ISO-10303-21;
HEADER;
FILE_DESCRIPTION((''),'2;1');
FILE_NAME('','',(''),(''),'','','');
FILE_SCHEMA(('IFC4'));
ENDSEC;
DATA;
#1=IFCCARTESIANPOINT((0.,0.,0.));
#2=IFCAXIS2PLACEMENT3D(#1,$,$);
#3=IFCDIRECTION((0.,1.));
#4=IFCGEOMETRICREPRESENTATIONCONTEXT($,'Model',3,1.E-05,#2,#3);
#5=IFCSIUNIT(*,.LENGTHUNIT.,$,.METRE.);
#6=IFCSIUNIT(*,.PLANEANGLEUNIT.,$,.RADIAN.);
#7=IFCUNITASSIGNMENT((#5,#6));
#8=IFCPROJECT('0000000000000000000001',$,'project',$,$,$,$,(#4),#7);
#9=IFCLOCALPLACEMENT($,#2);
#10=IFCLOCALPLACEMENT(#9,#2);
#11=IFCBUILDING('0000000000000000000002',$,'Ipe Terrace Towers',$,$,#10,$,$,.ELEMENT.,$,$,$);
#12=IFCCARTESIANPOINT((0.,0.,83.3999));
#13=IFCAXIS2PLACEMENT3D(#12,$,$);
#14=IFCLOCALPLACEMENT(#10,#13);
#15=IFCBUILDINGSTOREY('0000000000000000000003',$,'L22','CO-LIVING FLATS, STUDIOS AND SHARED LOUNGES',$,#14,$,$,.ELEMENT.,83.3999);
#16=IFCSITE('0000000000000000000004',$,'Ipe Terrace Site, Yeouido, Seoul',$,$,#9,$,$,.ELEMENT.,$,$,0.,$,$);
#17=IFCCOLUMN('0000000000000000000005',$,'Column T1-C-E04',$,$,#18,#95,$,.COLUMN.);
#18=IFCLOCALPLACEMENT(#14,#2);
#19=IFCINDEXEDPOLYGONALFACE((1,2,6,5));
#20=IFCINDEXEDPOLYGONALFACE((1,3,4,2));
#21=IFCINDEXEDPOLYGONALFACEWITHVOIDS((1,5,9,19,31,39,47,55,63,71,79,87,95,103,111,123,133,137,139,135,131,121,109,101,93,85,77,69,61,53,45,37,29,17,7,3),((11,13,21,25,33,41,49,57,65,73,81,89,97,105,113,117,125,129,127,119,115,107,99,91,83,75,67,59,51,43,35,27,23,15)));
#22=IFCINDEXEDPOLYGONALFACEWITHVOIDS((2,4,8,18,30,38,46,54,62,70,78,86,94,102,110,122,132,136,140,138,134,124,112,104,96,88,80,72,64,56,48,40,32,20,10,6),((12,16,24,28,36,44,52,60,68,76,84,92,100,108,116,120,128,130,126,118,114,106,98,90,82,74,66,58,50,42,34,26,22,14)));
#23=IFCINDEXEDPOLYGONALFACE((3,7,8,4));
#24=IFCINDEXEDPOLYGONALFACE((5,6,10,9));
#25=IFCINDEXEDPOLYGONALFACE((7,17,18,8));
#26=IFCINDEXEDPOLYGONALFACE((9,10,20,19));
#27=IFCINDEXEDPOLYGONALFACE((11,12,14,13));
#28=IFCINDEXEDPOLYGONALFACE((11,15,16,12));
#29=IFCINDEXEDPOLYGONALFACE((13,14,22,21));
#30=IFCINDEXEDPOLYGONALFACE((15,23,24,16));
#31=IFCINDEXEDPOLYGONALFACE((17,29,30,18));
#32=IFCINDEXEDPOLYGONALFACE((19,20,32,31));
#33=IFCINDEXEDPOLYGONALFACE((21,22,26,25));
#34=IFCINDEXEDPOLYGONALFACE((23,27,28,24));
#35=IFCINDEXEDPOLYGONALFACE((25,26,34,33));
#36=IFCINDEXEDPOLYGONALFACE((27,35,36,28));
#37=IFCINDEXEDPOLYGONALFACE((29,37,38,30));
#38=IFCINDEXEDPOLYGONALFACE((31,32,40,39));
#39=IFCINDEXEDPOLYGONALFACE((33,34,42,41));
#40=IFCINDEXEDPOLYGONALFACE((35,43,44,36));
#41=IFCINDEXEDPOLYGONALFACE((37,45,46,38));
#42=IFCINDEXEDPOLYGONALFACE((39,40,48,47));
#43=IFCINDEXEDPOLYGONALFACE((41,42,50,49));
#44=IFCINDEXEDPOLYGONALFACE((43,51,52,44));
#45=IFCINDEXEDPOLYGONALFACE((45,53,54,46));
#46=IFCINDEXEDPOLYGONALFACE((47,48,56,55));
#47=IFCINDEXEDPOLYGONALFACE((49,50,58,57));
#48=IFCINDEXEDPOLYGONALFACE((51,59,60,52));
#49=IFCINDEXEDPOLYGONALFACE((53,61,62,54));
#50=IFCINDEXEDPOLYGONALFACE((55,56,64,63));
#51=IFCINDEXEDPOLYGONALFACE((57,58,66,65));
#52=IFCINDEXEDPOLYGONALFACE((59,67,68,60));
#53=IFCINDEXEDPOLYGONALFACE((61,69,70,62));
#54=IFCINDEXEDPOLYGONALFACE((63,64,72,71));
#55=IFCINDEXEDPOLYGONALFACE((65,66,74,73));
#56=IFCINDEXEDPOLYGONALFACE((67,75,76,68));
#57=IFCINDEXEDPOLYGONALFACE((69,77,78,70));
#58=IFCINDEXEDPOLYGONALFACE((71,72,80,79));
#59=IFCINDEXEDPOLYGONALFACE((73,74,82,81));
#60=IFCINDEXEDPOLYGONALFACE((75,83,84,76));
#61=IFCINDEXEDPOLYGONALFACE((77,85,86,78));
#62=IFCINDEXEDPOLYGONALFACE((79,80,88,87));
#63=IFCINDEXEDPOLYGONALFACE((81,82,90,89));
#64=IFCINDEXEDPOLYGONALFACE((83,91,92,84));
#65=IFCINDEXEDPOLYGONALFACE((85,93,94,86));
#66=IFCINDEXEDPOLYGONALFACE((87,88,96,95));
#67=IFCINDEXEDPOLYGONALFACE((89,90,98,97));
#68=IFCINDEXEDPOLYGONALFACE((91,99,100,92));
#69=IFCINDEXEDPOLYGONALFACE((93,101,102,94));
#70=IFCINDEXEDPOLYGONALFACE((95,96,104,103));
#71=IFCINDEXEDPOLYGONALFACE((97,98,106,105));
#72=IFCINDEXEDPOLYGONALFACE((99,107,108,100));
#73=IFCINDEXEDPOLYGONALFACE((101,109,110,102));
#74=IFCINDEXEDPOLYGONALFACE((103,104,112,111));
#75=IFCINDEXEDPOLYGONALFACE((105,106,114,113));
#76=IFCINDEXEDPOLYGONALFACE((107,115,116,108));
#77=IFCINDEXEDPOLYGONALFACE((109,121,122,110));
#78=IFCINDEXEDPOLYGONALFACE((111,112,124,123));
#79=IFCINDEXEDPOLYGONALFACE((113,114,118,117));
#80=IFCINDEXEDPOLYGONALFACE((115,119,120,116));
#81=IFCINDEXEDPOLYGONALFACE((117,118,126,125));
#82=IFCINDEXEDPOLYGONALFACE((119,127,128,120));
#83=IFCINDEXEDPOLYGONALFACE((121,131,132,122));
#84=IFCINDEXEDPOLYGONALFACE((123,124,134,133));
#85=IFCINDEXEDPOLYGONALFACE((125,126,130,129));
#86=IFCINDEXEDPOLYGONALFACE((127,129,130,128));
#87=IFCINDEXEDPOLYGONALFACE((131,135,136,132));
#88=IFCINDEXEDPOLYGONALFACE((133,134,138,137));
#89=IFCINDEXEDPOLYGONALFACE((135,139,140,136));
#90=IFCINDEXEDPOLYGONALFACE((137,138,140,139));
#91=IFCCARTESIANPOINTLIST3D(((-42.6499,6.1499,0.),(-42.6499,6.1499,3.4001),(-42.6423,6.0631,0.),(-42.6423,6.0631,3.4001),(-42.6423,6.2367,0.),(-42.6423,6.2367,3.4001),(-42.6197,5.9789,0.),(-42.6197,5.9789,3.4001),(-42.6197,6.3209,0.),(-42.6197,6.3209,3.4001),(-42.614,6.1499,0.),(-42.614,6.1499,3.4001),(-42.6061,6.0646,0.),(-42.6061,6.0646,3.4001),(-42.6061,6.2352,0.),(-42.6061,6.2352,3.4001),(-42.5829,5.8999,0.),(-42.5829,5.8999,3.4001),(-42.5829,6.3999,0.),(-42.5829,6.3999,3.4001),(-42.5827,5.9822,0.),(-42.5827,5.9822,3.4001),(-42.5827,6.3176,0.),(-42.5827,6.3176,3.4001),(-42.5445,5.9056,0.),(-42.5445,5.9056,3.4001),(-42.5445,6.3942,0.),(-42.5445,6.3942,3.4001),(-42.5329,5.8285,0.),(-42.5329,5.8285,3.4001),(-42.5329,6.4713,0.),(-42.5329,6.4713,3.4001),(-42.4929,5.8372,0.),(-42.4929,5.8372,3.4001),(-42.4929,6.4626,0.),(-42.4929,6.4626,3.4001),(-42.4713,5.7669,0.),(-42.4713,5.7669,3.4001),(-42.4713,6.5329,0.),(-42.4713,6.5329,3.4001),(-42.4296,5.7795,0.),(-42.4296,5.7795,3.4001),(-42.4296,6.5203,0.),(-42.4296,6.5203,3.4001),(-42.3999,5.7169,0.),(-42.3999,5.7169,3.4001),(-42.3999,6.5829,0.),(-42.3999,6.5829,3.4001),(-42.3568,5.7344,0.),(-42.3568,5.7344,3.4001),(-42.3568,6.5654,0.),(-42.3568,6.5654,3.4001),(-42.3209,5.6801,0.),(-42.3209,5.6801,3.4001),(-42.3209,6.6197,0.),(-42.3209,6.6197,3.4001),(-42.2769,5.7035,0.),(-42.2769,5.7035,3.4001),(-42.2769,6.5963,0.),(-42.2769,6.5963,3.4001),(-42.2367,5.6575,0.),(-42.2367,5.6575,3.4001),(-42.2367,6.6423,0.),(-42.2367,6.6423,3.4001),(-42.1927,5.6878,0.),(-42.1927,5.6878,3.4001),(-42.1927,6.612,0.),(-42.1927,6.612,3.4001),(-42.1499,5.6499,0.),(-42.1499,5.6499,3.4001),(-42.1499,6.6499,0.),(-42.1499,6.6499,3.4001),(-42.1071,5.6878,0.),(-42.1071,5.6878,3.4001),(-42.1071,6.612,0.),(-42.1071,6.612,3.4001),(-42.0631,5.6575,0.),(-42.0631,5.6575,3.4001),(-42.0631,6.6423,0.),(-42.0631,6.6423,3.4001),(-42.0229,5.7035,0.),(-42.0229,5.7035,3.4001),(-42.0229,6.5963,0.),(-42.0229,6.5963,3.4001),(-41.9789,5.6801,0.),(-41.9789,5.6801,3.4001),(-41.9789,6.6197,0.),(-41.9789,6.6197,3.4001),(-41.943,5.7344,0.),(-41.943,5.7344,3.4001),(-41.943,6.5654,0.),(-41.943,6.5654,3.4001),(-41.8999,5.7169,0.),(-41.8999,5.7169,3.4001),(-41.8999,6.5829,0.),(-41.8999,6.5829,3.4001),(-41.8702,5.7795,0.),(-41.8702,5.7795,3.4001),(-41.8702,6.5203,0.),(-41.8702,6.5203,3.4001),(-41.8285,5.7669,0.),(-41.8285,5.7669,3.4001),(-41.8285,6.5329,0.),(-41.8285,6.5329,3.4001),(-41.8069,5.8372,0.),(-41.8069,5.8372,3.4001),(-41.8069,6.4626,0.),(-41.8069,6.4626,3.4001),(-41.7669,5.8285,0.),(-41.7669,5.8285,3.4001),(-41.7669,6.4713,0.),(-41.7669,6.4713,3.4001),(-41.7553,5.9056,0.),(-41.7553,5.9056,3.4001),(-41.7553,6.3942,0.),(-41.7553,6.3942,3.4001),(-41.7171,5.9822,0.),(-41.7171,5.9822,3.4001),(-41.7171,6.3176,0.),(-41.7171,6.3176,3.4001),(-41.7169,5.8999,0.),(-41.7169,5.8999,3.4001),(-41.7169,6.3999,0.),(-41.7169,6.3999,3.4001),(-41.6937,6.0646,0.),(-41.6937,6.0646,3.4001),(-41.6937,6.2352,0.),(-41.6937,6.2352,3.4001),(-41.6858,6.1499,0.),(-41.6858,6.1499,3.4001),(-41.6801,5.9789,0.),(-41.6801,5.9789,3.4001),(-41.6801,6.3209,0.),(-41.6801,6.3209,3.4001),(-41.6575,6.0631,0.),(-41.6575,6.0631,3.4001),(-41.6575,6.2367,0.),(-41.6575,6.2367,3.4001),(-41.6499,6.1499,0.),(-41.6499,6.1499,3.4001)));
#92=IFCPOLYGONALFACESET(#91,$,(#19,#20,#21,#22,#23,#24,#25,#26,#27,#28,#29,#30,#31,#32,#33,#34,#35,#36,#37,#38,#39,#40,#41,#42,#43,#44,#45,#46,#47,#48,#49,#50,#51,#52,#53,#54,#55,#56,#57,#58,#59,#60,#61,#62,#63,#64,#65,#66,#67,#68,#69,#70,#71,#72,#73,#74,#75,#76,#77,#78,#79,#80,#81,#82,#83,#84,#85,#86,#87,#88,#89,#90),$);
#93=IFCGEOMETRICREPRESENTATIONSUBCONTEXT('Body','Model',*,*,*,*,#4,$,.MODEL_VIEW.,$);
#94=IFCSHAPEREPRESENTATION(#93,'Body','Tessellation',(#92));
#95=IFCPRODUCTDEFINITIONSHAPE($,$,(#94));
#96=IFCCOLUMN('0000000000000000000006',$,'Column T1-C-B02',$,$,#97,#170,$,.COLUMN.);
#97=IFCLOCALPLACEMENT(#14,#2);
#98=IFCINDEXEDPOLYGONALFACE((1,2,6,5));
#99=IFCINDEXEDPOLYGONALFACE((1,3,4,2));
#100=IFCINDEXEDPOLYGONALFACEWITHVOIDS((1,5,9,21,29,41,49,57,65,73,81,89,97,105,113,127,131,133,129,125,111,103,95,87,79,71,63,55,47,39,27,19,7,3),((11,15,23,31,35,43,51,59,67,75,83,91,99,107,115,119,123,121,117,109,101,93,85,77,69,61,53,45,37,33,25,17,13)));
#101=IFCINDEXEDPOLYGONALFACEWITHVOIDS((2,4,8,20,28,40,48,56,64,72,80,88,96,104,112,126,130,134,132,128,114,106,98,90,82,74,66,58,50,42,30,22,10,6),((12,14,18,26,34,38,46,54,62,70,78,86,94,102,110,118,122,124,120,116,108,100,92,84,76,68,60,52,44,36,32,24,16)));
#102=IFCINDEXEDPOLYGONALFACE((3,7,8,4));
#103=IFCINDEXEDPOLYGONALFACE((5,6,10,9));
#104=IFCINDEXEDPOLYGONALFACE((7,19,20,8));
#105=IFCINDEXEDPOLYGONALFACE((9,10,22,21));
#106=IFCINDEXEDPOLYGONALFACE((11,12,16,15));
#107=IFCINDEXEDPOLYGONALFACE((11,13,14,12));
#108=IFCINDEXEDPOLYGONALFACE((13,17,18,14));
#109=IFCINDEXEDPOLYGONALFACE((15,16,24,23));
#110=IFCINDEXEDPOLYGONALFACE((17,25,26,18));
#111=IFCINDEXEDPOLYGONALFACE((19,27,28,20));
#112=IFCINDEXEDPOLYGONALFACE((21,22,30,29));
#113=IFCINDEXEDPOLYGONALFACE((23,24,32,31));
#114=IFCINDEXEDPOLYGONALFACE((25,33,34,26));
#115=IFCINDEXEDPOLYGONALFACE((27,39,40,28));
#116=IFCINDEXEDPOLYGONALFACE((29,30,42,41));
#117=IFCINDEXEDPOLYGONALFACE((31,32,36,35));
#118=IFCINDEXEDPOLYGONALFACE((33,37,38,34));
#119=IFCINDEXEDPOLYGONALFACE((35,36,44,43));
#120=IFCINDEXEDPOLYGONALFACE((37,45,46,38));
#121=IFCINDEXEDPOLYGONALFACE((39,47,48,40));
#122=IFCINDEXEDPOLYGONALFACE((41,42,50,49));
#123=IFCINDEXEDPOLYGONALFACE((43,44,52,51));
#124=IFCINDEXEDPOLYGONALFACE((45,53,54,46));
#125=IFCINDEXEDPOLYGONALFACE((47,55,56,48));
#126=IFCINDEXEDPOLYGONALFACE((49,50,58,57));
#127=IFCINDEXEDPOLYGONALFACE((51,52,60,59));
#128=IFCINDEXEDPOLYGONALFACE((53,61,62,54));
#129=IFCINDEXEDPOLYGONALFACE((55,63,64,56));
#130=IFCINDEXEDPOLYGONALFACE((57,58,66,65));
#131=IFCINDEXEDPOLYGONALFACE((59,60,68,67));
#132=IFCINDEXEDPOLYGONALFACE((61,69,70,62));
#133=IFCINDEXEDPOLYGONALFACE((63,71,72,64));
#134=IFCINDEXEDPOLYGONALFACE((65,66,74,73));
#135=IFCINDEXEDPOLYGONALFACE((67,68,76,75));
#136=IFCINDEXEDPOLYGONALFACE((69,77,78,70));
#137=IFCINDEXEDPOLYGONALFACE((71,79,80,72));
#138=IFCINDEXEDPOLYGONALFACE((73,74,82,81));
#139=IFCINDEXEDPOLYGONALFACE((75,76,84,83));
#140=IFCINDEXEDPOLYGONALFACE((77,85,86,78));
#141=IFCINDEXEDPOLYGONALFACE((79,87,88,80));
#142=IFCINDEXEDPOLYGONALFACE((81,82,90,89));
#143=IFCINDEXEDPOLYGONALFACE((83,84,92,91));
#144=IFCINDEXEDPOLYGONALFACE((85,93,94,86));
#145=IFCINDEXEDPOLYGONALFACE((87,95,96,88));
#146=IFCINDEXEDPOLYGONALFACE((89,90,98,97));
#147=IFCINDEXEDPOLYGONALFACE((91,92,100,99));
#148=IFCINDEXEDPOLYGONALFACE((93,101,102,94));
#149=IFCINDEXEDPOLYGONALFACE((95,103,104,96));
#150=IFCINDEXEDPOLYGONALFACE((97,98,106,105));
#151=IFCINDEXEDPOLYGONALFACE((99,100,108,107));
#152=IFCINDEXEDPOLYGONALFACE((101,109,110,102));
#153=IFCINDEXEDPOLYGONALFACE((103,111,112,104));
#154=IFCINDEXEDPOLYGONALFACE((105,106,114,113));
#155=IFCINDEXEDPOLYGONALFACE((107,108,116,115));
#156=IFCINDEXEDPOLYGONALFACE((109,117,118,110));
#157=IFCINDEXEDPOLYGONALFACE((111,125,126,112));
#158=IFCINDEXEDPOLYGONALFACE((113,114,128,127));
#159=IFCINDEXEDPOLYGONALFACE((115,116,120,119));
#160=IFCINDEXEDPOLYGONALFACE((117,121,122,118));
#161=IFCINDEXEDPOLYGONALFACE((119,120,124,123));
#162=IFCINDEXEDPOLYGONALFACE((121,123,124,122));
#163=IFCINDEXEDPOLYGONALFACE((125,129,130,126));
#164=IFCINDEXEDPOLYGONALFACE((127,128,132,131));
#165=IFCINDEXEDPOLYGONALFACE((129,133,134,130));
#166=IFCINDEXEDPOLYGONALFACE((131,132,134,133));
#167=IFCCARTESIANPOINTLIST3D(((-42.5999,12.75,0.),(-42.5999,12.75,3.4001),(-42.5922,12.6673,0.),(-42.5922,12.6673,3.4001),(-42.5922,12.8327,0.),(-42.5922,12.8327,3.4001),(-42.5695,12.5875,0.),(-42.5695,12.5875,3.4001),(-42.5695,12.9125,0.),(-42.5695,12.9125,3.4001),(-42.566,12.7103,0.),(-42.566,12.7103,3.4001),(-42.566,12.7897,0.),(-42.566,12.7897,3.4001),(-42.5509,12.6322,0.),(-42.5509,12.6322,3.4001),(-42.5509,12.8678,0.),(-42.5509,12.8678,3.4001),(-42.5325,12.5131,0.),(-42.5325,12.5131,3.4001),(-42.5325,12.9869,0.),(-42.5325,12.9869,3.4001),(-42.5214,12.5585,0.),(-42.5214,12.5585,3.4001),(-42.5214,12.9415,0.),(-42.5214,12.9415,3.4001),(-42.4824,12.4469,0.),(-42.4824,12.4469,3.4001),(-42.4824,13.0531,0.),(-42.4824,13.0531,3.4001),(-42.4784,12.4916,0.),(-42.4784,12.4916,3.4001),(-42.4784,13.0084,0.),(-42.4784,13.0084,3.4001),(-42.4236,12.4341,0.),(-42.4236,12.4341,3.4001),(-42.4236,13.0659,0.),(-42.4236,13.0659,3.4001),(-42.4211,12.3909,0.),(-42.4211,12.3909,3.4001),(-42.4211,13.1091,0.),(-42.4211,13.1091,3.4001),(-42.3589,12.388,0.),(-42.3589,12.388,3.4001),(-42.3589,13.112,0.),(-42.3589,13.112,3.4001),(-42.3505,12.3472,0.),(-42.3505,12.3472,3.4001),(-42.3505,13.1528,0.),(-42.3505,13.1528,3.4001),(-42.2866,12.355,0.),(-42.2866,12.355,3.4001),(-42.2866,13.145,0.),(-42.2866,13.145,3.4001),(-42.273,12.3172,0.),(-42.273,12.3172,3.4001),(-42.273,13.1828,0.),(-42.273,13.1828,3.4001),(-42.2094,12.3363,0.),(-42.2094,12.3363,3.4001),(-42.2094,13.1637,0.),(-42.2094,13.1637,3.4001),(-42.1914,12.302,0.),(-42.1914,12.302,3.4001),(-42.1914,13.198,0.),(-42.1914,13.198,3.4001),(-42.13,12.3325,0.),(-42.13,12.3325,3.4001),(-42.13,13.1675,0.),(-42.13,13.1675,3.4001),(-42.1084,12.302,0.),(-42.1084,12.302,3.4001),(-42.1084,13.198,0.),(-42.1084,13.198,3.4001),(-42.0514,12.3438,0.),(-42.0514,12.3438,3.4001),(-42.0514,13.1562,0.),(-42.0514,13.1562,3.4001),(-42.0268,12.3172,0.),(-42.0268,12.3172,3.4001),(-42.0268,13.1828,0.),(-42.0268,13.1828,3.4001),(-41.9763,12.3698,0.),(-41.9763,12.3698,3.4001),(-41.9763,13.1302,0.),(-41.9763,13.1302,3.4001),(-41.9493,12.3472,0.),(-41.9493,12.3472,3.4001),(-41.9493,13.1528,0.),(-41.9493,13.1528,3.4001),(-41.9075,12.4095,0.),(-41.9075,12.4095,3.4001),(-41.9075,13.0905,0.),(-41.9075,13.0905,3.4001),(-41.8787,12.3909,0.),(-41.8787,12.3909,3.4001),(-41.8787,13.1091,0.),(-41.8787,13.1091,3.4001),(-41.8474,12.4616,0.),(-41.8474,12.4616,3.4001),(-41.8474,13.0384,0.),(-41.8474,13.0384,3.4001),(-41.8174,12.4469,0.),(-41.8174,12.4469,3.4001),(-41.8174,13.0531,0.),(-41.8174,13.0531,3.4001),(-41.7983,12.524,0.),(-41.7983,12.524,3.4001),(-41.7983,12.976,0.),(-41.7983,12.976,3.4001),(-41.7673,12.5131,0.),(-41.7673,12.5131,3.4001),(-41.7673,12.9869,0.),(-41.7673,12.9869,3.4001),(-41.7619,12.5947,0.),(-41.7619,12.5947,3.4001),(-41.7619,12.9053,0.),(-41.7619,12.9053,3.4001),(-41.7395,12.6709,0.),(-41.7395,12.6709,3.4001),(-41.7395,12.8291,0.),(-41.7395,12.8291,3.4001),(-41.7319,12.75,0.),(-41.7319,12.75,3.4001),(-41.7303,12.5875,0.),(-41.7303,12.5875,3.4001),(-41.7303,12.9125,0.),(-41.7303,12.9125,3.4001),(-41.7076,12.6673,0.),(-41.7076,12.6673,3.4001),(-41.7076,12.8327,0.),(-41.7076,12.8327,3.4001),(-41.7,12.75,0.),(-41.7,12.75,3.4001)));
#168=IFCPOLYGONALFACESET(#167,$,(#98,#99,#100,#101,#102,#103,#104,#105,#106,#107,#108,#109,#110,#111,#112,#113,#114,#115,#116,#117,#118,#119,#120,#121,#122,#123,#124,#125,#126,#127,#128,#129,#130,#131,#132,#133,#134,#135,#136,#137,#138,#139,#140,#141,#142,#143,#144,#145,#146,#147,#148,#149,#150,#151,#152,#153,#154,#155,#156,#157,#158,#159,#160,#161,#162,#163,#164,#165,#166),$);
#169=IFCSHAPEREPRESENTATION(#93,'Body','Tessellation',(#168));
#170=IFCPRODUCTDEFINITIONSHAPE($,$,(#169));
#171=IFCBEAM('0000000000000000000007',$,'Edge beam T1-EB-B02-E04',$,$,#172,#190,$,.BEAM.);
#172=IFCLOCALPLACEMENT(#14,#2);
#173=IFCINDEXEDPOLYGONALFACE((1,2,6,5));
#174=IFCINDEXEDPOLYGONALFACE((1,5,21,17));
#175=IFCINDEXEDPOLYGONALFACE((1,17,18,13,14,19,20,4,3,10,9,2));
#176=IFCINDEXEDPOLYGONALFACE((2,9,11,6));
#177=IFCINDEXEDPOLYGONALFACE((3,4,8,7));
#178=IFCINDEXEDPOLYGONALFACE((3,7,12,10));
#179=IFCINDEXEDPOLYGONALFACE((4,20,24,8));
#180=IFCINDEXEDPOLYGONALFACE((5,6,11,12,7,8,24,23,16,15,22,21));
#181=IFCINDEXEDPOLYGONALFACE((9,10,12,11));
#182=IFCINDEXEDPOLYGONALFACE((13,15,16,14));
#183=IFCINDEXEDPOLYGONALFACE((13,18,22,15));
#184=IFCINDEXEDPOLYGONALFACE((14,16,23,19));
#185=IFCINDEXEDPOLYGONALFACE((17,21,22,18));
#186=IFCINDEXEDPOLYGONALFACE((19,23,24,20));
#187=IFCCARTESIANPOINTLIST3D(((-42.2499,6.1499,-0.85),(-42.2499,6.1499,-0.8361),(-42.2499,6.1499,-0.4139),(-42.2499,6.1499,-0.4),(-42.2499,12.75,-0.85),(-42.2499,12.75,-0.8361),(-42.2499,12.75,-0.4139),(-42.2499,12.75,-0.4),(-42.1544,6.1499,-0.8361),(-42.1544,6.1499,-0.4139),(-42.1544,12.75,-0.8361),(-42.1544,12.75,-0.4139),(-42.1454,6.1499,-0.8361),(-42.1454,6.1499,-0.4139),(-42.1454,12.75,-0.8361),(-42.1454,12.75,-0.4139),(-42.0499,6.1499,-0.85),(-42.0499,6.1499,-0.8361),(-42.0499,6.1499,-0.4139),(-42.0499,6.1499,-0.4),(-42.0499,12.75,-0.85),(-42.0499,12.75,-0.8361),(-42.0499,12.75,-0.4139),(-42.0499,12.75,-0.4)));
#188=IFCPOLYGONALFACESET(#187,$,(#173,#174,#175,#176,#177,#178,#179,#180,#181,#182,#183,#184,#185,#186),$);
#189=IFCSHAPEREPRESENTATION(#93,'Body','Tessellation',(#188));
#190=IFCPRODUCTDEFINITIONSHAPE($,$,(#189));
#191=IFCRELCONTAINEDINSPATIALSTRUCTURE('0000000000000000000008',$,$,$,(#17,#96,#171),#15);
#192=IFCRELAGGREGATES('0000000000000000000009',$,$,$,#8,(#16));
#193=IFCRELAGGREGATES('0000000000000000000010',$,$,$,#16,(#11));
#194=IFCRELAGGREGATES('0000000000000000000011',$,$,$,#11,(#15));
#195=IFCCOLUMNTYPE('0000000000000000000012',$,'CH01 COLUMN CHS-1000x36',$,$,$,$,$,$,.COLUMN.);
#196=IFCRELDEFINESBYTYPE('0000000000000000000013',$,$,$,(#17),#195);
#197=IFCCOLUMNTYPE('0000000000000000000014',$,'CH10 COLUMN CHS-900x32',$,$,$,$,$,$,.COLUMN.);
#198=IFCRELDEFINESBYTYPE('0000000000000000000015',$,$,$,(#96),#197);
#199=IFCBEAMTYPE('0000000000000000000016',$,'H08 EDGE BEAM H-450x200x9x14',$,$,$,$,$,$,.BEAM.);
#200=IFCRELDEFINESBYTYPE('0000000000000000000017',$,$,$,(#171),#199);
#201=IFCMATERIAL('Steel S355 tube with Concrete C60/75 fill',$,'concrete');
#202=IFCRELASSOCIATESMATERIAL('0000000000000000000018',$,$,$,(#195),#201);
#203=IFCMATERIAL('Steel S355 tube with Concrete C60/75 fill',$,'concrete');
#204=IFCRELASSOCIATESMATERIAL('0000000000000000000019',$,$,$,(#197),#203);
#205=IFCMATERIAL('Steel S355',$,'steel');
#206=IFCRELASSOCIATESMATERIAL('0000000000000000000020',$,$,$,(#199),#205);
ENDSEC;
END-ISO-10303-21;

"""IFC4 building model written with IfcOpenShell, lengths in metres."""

from ifc_helpers import new_model, si_unit, direction, frame, origin, origin_2d, place, context, subcontext, project, spatial, hollow_circle, i_section, extrude, material, material_profile, profile_set, type_object, element, save


model = new_model("IFC4")

# Units and contexts
model_context = context("Model", 3, precision=1e-05, world=origin(), true_north=direction((0.0, 1.0)))
body_context = subcontext(model_context, "Body", "Model", "MODEL_VIEW")
ifc_project = project(units=[si_unit("LENGTHUNIT", "METRE"), si_unit("PLANEANGLEUNIT", "RADIAN")], contexts=[model_context])

# Site, building, storey
site_placement = place(None, origin())
site = spatial("IfcSite", under=ifc_project, at=site_placement, Name="Ipe Terrace Site, Yeouido, Seoul", CompositionType="ELEMENT", RefElevation=0.0)
building_placement = place(site_placement, origin())
building = spatial("IfcBuilding", under=site, at=building_placement, Name="Ipe Terrace Towers", CompositionType="ELEMENT")
storey_placement = place(building_placement, frame((0.0, 0.0, 83.3999)))
storey = spatial("IfcBuildingStorey", under=building, at=storey_placement, Name="L22", Description="CO-LIVING FLATS, STUDIOS AND SHARED LOUNGES", CompositionType="ELEMENT", Elevation=83.3999)

# Columns
ifc_material_1 = material(Name="Steel S355 tube with Concrete C60/75 fill", Category="concrete")
ifc_material_profile_1 = material_profile(ifc_material_1, hollow_circle(Radius=0.5, WallThickness=0.0359, at=origin_2d()), Name="CHS-1000x36")
ifc_profile_set_1 = profile_set([ifc_material_profile_1], Name="Steel S355 tube with Concrete C60/75 fill")
column_type_1 = type_object("IfcColumnType", Name="CH01 COLUMN CHS-1000x36", PredefinedType="COLUMN", material=ifc_profile_set_1)
column_1_placement = place(storey_placement, frame((-42.1499, 6.1499, 0.0), z_axis=(0.0, 0.0, 1.0), x_axis=(1.0, 0.0, 0.0)))
element("IfcColumn", 1, at=column_1_placement, inside=storey, type_object=column_type_1, Name="Column T1-C-E04", PredefinedType="COLUMN", context=body_context, shape_type="SweptSolid", body=[
    extrude(hollow_circle(Radius=0.5, WallThickness=0.0359, at=origin_2d()), origin(), (0.0, 0.0, 1.0), 3.4001),
])
ifc_material_2 = material(Name="Steel S355 tube with Concrete C60/75 fill", Category="concrete")
ifc_material_profile_2 = material_profile(ifc_material_2, hollow_circle(Radius=0.45, WallThickness=0.032, at=origin_2d()), Name="CHS-900x32")
ifc_profile_set_2 = profile_set([ifc_material_profile_2], Name="Steel S355 tube with Concrete C60/75 fill")
column_type_2 = type_object("IfcColumnType", Name="CH10 COLUMN CHS-900x32", PredefinedType="COLUMN", material=ifc_profile_set_2)
column_2_placement = place(storey_placement, frame((-42.1499, 12.75, 0.0), z_axis=(0.0, 0.0, 1.0), x_axis=(1.0, 0.0, 0.0)))
element("IfcColumn", 2, at=column_2_placement, inside=storey, type_object=column_type_2, Name="Column T1-C-B02", PredefinedType="COLUMN", context=body_context, shape_type="SweptSolid", body=[
    extrude(hollow_circle(Radius=0.45, WallThickness=0.032, at=origin_2d()), origin(), (0.0, 0.0, 1.0), 3.4001),
])

# Beam
ifc_material_3 = material(Name="Steel S355", Category="steel")
ifc_material_profile_3 = material_profile(ifc_material_3, i_section(OverallWidth=0.2, OverallDepth=0.45, WebThickness=0.009, FlangeThickness=0.0139, at=origin_2d()), Name="H-450x200x9x14")
ifc_profile_set_3 = profile_set([ifc_material_profile_3], Name="Steel S355")
beam_type = type_object("IfcBeamType", Name="H08 EDGE BEAM H-450x200x9x14", PredefinedType="BEAM", material=ifc_profile_set_3)
beam_placement = place(storey_placement, frame((-42.1499, 12.75, -0.625), z_axis=(0.0, -1.0, 0.0), x_axis=(1.0, 0.0, 0.0)))
element("IfcBeam", 3, at=beam_placement, inside=storey, type_object=beam_type, Name="Edge beam T1-EB-B02-E04", PredefinedType="BEAM", context=body_context, shape_type="SweptSolid", body=[
    extrude(i_section(OverallWidth=0.2, OverallDepth=0.45, WebThickness=0.009, FlangeThickness=0.0139, at=origin_2d()), origin(), (0.0, 0.0, 1.0), 6.6001),
])

save(model, "model.ifc")
